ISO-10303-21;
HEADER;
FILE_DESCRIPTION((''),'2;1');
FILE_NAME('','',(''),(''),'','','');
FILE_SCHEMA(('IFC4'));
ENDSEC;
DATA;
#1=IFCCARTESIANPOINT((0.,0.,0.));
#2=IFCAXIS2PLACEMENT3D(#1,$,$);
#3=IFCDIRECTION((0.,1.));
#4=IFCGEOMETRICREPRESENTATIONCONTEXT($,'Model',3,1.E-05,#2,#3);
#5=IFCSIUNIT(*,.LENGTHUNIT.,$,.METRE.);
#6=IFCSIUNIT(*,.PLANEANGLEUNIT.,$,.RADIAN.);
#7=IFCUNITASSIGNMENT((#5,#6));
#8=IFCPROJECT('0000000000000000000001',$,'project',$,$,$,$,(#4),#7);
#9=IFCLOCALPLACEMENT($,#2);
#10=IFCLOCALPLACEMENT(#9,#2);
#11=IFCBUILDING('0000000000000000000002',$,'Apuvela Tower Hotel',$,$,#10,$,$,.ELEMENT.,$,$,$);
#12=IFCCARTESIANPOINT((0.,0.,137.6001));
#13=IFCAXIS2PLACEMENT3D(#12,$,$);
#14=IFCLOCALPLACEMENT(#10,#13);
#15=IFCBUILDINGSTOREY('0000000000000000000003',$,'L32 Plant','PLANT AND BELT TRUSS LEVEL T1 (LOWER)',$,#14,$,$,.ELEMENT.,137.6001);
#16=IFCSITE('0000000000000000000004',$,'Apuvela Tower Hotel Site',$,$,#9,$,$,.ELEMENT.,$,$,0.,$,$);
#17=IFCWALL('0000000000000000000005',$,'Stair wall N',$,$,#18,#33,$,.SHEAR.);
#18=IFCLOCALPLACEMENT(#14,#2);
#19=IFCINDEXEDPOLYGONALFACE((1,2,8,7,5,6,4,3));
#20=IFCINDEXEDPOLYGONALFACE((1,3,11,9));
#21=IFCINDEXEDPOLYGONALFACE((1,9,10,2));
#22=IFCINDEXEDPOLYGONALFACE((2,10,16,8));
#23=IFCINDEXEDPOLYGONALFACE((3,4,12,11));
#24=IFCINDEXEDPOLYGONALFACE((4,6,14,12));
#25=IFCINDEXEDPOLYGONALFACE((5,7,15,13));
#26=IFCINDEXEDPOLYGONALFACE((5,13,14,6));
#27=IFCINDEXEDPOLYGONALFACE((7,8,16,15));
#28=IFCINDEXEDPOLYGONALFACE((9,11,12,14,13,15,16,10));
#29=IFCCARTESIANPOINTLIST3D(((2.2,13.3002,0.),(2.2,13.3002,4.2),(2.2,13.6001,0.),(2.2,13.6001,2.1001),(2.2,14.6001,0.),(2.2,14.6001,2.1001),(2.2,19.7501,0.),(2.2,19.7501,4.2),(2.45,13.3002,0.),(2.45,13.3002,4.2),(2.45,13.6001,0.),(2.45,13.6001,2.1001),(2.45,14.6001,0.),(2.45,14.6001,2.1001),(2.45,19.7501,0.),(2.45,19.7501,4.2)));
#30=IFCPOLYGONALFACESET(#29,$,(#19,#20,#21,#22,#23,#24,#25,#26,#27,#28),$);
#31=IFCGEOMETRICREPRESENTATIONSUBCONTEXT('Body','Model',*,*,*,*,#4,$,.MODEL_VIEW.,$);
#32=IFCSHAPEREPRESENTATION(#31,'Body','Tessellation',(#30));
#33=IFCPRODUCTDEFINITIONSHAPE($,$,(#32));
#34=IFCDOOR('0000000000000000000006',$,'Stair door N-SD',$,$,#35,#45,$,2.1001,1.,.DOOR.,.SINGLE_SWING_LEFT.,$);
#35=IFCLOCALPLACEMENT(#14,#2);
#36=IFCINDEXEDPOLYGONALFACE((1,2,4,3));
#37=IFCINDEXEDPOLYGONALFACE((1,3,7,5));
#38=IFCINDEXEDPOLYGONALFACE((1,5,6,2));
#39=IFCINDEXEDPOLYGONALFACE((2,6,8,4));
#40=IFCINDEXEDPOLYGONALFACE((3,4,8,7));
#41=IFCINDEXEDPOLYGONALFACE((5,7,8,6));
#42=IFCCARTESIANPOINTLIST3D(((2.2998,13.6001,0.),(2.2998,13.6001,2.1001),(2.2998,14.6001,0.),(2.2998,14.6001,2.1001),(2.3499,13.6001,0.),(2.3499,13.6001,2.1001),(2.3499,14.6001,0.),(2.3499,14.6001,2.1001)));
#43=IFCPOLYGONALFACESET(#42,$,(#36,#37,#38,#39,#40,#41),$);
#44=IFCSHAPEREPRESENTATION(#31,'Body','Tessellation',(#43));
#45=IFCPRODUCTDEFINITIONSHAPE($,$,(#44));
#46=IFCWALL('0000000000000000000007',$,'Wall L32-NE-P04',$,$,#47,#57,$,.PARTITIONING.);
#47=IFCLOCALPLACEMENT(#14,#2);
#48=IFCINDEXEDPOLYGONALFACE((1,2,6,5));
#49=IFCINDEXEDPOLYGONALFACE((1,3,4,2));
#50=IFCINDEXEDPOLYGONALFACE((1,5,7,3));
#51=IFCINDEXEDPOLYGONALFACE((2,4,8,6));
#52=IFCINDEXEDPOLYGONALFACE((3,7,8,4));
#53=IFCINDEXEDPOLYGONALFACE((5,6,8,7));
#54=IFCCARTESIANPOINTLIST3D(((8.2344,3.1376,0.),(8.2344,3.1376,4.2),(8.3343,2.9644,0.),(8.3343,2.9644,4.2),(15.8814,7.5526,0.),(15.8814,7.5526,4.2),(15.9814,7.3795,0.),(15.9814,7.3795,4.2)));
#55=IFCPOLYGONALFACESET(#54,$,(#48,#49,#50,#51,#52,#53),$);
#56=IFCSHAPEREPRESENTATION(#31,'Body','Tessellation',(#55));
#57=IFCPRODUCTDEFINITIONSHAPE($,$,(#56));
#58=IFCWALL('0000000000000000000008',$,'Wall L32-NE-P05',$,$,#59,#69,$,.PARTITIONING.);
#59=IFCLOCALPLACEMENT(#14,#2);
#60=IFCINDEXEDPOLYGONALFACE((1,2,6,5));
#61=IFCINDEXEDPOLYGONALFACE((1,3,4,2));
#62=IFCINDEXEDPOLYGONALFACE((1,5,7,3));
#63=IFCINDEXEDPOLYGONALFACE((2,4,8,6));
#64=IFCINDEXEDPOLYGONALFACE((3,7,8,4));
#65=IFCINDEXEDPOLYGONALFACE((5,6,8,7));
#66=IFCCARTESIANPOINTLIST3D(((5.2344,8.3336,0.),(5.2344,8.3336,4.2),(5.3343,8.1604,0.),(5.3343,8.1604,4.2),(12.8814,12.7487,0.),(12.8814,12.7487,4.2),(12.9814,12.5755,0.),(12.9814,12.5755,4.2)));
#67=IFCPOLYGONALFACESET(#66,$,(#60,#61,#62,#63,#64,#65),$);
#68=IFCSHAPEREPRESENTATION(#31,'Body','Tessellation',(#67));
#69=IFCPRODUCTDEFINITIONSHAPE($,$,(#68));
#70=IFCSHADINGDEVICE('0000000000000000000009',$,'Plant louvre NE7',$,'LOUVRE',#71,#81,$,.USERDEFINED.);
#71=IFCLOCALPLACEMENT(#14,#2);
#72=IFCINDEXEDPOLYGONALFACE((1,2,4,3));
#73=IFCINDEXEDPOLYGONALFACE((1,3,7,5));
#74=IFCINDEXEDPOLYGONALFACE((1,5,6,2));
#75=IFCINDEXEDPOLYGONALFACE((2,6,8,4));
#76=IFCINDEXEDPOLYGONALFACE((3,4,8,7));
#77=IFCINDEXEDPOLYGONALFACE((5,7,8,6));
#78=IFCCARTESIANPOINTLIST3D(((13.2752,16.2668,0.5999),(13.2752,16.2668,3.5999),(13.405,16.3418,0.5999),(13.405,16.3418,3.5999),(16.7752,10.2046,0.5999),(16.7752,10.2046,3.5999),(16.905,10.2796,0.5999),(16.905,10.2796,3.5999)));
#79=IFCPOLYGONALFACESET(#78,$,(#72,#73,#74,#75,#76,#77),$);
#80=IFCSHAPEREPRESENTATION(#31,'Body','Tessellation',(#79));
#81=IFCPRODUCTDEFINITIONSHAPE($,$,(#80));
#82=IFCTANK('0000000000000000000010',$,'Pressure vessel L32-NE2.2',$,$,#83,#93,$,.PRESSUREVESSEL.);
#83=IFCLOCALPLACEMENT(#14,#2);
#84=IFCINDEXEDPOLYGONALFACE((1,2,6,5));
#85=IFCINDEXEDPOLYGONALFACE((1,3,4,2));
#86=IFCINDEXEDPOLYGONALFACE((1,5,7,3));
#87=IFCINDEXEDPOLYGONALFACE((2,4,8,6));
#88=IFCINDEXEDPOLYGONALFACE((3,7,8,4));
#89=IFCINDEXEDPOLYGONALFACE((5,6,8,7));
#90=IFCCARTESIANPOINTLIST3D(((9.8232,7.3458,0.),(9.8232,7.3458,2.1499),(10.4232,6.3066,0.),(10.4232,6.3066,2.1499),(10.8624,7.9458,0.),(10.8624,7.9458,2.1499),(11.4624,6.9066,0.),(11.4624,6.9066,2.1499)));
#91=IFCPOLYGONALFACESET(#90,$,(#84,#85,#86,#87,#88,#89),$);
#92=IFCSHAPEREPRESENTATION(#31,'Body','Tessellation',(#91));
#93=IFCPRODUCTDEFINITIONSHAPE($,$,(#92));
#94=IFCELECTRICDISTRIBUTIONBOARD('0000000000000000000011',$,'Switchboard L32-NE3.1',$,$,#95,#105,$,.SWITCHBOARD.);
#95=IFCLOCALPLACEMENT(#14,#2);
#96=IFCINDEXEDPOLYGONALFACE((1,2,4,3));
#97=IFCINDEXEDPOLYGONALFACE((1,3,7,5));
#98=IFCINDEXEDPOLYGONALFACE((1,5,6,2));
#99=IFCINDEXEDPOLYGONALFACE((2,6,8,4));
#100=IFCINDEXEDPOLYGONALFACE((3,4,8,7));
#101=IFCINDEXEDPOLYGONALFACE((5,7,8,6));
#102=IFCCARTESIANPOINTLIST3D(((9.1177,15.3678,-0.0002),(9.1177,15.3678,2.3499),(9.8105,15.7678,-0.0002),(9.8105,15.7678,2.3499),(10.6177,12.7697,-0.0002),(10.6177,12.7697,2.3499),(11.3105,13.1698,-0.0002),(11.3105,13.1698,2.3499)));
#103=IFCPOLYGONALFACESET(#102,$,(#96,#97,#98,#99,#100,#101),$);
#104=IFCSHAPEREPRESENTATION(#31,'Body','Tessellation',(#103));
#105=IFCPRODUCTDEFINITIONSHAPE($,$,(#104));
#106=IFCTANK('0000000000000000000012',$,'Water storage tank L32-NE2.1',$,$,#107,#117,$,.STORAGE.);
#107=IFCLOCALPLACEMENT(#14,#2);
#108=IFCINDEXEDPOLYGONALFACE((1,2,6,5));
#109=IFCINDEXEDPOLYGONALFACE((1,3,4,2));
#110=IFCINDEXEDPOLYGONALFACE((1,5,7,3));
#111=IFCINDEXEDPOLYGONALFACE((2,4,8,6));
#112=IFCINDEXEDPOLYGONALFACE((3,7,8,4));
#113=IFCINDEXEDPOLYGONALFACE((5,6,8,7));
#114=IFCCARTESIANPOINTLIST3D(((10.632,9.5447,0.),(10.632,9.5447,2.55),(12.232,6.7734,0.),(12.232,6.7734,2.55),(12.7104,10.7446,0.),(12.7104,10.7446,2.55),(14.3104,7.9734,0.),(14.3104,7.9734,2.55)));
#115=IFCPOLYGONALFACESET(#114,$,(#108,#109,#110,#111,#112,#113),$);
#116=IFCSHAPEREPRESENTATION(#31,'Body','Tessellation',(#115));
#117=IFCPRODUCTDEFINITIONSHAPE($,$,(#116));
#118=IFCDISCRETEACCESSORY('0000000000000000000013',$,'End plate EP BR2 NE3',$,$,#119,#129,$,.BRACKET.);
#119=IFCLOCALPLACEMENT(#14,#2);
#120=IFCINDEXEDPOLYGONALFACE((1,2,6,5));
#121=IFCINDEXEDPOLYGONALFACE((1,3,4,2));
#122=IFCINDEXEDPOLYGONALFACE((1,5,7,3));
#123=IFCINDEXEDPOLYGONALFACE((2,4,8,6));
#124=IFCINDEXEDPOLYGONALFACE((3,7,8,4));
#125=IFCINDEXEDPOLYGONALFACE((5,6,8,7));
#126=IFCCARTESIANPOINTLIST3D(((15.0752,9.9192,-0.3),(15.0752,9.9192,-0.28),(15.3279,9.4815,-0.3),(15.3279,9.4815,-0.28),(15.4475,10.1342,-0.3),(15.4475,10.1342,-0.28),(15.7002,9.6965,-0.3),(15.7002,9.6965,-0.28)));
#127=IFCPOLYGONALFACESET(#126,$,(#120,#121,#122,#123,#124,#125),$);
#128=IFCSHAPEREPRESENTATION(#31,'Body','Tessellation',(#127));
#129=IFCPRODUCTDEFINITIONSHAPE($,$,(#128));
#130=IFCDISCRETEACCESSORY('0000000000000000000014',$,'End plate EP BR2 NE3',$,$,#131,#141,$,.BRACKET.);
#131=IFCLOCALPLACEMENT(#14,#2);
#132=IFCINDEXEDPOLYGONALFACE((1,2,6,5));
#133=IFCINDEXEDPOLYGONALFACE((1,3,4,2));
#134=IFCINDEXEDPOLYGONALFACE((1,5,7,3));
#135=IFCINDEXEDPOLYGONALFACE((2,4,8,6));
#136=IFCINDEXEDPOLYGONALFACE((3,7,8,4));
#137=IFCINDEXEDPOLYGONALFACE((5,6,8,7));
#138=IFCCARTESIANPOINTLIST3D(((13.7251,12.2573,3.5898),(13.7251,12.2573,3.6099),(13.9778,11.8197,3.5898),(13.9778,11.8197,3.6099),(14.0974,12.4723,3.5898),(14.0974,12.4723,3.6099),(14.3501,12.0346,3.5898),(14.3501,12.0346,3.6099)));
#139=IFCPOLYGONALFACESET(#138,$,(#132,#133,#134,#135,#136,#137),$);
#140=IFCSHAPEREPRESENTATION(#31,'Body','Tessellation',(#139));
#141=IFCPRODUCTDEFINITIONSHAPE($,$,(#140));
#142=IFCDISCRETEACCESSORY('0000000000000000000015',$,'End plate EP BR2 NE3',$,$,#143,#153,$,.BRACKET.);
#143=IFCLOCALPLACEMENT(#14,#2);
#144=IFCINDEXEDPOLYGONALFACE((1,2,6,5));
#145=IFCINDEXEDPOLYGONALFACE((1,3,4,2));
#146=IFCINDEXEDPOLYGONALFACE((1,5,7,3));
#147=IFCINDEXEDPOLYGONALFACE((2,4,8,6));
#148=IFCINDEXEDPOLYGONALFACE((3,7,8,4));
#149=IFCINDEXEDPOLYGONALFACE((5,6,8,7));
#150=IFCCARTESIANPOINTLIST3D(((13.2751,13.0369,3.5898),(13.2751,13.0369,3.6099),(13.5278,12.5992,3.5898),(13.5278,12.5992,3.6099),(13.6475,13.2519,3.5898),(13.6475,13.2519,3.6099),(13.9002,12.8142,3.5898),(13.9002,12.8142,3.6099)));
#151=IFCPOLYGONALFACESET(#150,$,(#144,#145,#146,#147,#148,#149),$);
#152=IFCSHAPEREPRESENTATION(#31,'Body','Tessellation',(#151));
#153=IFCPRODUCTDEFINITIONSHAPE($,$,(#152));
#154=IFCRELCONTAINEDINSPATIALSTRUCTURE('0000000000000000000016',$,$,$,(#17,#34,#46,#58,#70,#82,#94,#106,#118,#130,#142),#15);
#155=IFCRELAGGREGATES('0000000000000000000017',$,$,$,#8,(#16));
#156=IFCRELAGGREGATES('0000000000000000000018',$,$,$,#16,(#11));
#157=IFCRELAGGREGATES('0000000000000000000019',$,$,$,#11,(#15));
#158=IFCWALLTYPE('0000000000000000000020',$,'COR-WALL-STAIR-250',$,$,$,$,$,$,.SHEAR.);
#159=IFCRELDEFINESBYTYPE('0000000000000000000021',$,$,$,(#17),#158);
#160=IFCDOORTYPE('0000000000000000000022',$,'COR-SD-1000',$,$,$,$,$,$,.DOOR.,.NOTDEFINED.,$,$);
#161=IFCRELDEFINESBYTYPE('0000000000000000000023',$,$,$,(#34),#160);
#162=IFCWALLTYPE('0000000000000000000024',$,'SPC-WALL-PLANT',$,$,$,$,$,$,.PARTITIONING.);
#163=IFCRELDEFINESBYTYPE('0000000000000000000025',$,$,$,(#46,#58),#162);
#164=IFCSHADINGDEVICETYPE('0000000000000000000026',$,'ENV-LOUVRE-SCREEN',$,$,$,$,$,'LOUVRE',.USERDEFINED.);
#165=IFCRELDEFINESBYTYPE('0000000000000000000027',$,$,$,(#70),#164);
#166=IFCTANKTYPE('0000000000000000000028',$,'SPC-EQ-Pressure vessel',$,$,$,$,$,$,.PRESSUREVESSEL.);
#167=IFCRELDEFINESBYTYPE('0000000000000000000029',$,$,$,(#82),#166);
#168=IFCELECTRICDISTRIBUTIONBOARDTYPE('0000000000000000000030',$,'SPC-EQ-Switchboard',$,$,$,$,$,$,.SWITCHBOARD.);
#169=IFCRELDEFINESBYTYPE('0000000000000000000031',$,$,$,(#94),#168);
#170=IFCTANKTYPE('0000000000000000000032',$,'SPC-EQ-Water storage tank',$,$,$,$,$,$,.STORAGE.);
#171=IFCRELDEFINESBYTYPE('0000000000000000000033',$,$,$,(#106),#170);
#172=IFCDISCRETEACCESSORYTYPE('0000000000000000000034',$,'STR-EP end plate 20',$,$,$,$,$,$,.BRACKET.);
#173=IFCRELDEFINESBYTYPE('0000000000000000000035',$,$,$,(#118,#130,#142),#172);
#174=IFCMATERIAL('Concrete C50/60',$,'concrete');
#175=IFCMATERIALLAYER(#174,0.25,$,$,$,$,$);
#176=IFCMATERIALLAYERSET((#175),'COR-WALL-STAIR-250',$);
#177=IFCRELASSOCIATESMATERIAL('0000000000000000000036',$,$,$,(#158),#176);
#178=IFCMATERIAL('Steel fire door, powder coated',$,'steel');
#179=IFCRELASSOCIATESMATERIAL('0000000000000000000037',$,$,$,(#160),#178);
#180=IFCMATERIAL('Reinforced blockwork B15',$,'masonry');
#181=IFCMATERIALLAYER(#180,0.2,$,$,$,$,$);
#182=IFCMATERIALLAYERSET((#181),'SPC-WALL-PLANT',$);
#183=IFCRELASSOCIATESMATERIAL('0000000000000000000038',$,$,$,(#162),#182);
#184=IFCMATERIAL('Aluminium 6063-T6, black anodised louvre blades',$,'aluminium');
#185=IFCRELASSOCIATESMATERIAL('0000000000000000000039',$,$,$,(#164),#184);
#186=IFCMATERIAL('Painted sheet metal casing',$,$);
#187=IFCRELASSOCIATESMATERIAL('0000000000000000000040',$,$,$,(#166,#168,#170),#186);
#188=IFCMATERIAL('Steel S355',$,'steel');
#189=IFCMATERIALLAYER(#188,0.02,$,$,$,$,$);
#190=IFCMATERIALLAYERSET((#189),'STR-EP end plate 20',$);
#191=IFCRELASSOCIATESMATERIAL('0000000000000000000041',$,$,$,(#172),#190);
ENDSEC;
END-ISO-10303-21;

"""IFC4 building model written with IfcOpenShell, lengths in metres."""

from ifc_helpers import new_model, si_unit, direction, frame, frame_2d, origin, origin_2d, place, context, subcontext, project, spatial, rectangle, extrude, material, layer, layer_set, type_object, element, fill, save


model = new_model("IFC4")

# Units and contexts
model_context = context("Model", 3, precision=1e-05, world=origin(), true_north=direction((0.0, 1.0)))
body_context = subcontext(model_context, "Body", "Model", "MODEL_VIEW")
ifc_project = project(units=[si_unit("LENGTHUNIT", "METRE"), si_unit("PLANEANGLEUNIT", "RADIAN")], contexts=[model_context])

# Site, building, storey
site_placement = place(None, origin())
site = spatial("IfcSite", under=ifc_project, at=site_placement, Name="Apuvela Tower Hotel Site", CompositionType="ELEMENT", RefElevation=0.0)
building_placement = place(site_placement, origin())
building = spatial("IfcBuilding", under=site, at=building_placement, Name="Apuvela Tower Hotel", CompositionType="ELEMENT")
storey_placement = place(building_placement, frame((0.0, 0.0, 137.6001)))
storey = spatial("IfcBuildingStorey", under=building, at=storey_placement, Name="L32 Plant", Description="PLANT AND BELT TRUSS LEVEL T1 (LOWER)", CompositionType="ELEMENT", Elevation=137.6001)

# Shared definitions
ifc_material_1 = material(Name="Steel S355", Category="steel")

# Shared definitions
ifc_material_2 = material(Name="Concrete C50/60", Category="concrete")

# Shared definitions
ifc_material_3 = material(Name="Steel fire door, powder coated", Category="steel")

# Wall, opening, door
ifc_layer_1 = layer(ifc_material_2, 0.25)
ifc_layer_set_1 = layer_set([ifc_layer_1], Name="COR-WALL-STAIR-250")
wall_type_1 = type_object("IfcWallType", Name="COR-WALL-STAIR-250", PredefinedType="SHEAR", material=ifc_layer_set_1)
wall_1_placement = place(storey_placement, frame((2.325, 13.3, 0.0), z_axis=(0.0, 0.0, 1.0), x_axis=(0.0, 1.0, 0.0)))
wall_1 = element("IfcWall", 1, at=wall_1_placement, inside=storey, type_object=wall_type_1, Name="Stair wall N", PredefinedType="SHEAR", context=body_context, shape_type="SweptSolid", body=[
    extrude(rectangle(XDim=6.45, YDim=0.25, at=frame_2d((3.2251, 0.0))), origin(), (0.0, 0.0, 1.0), 4.2),
])
opening_1_placement = place(wall_1_placement, frame((0.3, 0.0, 0.0)))
opening_1 = element("IfcOpeningElement", 2, at=opening_1_placement, cuts=wall_1, PredefinedType="OPENING", context=body_context, shape_type="SweptSolid", body=[
    extrude(rectangle(XDim=1.0, YDim=2.1001, at=frame_2d((0.5, 1.05))), frame((0.0, 0.135, 0.0), z_axis=(0.0, -1.0, 0.0), x_axis=(1.0, 0.0, 0.0)), (0.0, 0.0, 1.0), 0.27),
])
door_type_1 = type_object("IfcDoorType", Name="COR-SD-1000", OperationType="NOTDEFINED", PredefinedType="DOOR", material=ifc_material_3)
door_1_placement = place(opening_1_placement, frame((1.0, 0.0, 0.0), z_axis=(0.0, 0.0, 1.0), x_axis=(-1.0, 0.0, 0.0)))
door_1 = element("IfcDoor", 3, at=door_1_placement, inside=storey, type_object=door_type_1, Name="Stair door N-SD", OperationType="SINGLE_SWING_LEFT", OverallHeight=2.1001, OverallWidth=1.0, PredefinedType="DOOR", context=body_context, shape_type="SweptSolid", body=[
    extrude(rectangle(XDim=1.0, YDim=2.1001, at=frame_2d((0.5, 1.05))), frame((0.0, 0.0249, 0.0), z_axis=(0.0, -1.0, 0.0), x_axis=(1.0, 0.0, 0.0)), (0.0, 0.0, 1.0), 0.05),
])
fill(opening_1, door_1)

# Walls
ifc_material_4 = material(Name="Reinforced blockwork B15", Category="masonry")
ifc_layer_2 = layer(ifc_material_4, 0.2)
ifc_layer_set_2 = layer_set([ifc_layer_2], Name="SPC-WALL-PLANT")
wall_type_2 = type_object("IfcWallType", Name="SPC-WALL-PLANT", PredefinedType="PARTITIONING", material=ifc_layer_set_2)
for number, where, z_axis, x_axis, name in (
    (4, (15.9314, 7.4661, 0.0), (0.0, 0.0, 1.0), (-0.866023, -0.500005, 0.0), "Wall L32-NE-P04"),
    (5, (12.9314, 12.6621, 0.0), (0.0, 0.0, 1.0), (-0.866023, -0.500005, 0.0), "Wall L32-NE-P05"),
):
    element("IfcWall", number, at=place(storey_placement, frame(where, z_axis=z_axis, x_axis=x_axis)), inside=storey, type_object=wall_type_2, Name=name, PredefinedType="PARTITIONING", context=body_context, shape_type="SweptSolid", body=[
        extrude(rectangle(XDim=8.8301, YDim=0.2, at=frame_2d((4.415, 0.0))), origin(), (0.0, 0.0, 1.0), 4.2),
    ])

# Shading device
ifc_material_5 = material(Name="Aluminium 6063-T6, black anodised louvre blades", Category="aluminium")
shading_device_type = type_object("IfcShadingDeviceType", Name="ENV-LOUVRE-SCREEN", ElementType="LOUVRE", PredefinedType="USERDEFINED", material=ifc_material_5)
shading_device_placement = place(storey_placement, frame((15.0901, 13.2732, 0.5999), z_axis=(0.0, 0.0, 1.0), x_axis=(-0.5, 0.866025, 0.0)))
element("IfcShadingDevice", 6, at=shading_device_placement, inside=storey, type_object=shading_device_type, Name="Plant louvre NE7", ObjectType="LOUVRE", PredefinedType="USERDEFINED", context=body_context, shape_type="SweptSolid", body=[
    extrude(rectangle(XDim=7.0, YDim=0.1499, at=origin_2d()), origin(), (0.0, 0.0, 1.0), 3.0),
])

# Tank
ifc_material_6 = material(Name="Painted sheet metal casing")
tank_type_1 = type_object("IfcTankType", Name="SPC-EQ-Pressure vessel", PredefinedType="PRESSUREVESSEL", material=ifc_material_6)
tank_1_placement = place(storey_placement, frame((10.6428, 7.1262, 0.0), z_axis=(0.0, 0.0, 1.0), x_axis=(-0.5, 0.866025, 0.0)))
element("IfcTank", 7, at=tank_1_placement, inside=storey, type_object=tank_type_1, Name="Pressure vessel L32-NE2.2", PredefinedType="PRESSUREVESSEL", context=body_context, shape_type="SweptSolid", body=[
    extrude(rectangle(XDim=1.2, YDim=1.2, at=origin_2d()), origin(), (0.0, 0.0, 1.0), 2.1499),
])

# Electric distribution board
electric_distribution_board_type = type_object("IfcElectricDistributionBoardType", Name="SPC-EQ-Switchboard", PredefinedType="SWITCHBOARD", material=ifc_material_6)
electric_distribution_board_placement = place(storey_placement, frame((10.2141, 14.2688, -0.0002), z_axis=(0.0, 0.0, 1.0), x_axis=(-0.5, 0.866025, 0.0)))
element("IfcElectricDistributionBoard", 8, at=electric_distribution_board_placement, inside=storey, type_object=electric_distribution_board_type, Name="Switchboard L32-NE3.1", PredefinedType="SWITCHBOARD", context=body_context, shape_type="SweptSolid", body=[
    extrude(rectangle(XDim=3.0, YDim=0.8, at=origin_2d()), origin(), (0.0, 0.0, 1.0), 2.3501),
])

# Tank
tank_type_2 = type_object("IfcTankType", Name="SPC-EQ-Water storage tank", PredefinedType="STORAGE", material=ifc_material_6)
tank_2_placement = place(storey_placement, frame((12.4712, 8.759, 0.0), z_axis=(0.0, 0.0, 1.0), x_axis=(-0.5, 0.866025, 0.0)))
element("IfcTank", 9, at=tank_2_placement, inside=storey, type_object=tank_type_2, Name="Water storage tank L32-NE2.1", PredefinedType="STORAGE", context=body_context, shape_type="SweptSolid", body=[
    extrude(rectangle(XDim=3.2, YDim=2.3999, at=origin_2d()), origin(), (0.0, 0.0, 1.0), 2.55),
])

# Discrete accessories
ifc_layer_3 = layer(ifc_material_1, 0.02)
ifc_layer_set_3 = layer_set([ifc_layer_3], Name="STR-EP end plate 20")
discrete_accessory_type = type_object("IfcDiscreteAccessoryType", Name="STR-EP end plate 20", PredefinedType="BRACKET", material=ifc_layer_set_3)
for number, where, z_axis, x_axis, name in (
    (10, (15.3877, 9.8079, -0.3), (0.0, 0.0, 1.0), (-0.5, 0.866025, 0.0), "End plate EP BR2 NE3"),
    (11, (14.0376, 12.146, 3.5898), (0.0, 0.0, 1.0), (-0.5, 0.866025, 0.0), "End plate EP BR2 NE3"),
    (12, (13.5876, 12.9255, 3.5898), (0.0, 0.0, 1.0), (0.5, -0.866025, 0.0), "End plate EP BR2 NE3"),
):
    element("IfcDiscreteAccessory", number, at=place(storey_placement, frame(where, z_axis=z_axis, x_axis=x_axis)), inside=storey, type_object=discrete_accessory_type, Name=name, PredefinedType="BRACKET", context=body_context, shape_type="SweptSolid", body=[
        extrude(rectangle(XDim=0.5054, YDim=0.4299, at=origin_2d()), origin(), (0.0, 0.0, 1.0), 0.02),
    ])

save(model, "model.ifc")
